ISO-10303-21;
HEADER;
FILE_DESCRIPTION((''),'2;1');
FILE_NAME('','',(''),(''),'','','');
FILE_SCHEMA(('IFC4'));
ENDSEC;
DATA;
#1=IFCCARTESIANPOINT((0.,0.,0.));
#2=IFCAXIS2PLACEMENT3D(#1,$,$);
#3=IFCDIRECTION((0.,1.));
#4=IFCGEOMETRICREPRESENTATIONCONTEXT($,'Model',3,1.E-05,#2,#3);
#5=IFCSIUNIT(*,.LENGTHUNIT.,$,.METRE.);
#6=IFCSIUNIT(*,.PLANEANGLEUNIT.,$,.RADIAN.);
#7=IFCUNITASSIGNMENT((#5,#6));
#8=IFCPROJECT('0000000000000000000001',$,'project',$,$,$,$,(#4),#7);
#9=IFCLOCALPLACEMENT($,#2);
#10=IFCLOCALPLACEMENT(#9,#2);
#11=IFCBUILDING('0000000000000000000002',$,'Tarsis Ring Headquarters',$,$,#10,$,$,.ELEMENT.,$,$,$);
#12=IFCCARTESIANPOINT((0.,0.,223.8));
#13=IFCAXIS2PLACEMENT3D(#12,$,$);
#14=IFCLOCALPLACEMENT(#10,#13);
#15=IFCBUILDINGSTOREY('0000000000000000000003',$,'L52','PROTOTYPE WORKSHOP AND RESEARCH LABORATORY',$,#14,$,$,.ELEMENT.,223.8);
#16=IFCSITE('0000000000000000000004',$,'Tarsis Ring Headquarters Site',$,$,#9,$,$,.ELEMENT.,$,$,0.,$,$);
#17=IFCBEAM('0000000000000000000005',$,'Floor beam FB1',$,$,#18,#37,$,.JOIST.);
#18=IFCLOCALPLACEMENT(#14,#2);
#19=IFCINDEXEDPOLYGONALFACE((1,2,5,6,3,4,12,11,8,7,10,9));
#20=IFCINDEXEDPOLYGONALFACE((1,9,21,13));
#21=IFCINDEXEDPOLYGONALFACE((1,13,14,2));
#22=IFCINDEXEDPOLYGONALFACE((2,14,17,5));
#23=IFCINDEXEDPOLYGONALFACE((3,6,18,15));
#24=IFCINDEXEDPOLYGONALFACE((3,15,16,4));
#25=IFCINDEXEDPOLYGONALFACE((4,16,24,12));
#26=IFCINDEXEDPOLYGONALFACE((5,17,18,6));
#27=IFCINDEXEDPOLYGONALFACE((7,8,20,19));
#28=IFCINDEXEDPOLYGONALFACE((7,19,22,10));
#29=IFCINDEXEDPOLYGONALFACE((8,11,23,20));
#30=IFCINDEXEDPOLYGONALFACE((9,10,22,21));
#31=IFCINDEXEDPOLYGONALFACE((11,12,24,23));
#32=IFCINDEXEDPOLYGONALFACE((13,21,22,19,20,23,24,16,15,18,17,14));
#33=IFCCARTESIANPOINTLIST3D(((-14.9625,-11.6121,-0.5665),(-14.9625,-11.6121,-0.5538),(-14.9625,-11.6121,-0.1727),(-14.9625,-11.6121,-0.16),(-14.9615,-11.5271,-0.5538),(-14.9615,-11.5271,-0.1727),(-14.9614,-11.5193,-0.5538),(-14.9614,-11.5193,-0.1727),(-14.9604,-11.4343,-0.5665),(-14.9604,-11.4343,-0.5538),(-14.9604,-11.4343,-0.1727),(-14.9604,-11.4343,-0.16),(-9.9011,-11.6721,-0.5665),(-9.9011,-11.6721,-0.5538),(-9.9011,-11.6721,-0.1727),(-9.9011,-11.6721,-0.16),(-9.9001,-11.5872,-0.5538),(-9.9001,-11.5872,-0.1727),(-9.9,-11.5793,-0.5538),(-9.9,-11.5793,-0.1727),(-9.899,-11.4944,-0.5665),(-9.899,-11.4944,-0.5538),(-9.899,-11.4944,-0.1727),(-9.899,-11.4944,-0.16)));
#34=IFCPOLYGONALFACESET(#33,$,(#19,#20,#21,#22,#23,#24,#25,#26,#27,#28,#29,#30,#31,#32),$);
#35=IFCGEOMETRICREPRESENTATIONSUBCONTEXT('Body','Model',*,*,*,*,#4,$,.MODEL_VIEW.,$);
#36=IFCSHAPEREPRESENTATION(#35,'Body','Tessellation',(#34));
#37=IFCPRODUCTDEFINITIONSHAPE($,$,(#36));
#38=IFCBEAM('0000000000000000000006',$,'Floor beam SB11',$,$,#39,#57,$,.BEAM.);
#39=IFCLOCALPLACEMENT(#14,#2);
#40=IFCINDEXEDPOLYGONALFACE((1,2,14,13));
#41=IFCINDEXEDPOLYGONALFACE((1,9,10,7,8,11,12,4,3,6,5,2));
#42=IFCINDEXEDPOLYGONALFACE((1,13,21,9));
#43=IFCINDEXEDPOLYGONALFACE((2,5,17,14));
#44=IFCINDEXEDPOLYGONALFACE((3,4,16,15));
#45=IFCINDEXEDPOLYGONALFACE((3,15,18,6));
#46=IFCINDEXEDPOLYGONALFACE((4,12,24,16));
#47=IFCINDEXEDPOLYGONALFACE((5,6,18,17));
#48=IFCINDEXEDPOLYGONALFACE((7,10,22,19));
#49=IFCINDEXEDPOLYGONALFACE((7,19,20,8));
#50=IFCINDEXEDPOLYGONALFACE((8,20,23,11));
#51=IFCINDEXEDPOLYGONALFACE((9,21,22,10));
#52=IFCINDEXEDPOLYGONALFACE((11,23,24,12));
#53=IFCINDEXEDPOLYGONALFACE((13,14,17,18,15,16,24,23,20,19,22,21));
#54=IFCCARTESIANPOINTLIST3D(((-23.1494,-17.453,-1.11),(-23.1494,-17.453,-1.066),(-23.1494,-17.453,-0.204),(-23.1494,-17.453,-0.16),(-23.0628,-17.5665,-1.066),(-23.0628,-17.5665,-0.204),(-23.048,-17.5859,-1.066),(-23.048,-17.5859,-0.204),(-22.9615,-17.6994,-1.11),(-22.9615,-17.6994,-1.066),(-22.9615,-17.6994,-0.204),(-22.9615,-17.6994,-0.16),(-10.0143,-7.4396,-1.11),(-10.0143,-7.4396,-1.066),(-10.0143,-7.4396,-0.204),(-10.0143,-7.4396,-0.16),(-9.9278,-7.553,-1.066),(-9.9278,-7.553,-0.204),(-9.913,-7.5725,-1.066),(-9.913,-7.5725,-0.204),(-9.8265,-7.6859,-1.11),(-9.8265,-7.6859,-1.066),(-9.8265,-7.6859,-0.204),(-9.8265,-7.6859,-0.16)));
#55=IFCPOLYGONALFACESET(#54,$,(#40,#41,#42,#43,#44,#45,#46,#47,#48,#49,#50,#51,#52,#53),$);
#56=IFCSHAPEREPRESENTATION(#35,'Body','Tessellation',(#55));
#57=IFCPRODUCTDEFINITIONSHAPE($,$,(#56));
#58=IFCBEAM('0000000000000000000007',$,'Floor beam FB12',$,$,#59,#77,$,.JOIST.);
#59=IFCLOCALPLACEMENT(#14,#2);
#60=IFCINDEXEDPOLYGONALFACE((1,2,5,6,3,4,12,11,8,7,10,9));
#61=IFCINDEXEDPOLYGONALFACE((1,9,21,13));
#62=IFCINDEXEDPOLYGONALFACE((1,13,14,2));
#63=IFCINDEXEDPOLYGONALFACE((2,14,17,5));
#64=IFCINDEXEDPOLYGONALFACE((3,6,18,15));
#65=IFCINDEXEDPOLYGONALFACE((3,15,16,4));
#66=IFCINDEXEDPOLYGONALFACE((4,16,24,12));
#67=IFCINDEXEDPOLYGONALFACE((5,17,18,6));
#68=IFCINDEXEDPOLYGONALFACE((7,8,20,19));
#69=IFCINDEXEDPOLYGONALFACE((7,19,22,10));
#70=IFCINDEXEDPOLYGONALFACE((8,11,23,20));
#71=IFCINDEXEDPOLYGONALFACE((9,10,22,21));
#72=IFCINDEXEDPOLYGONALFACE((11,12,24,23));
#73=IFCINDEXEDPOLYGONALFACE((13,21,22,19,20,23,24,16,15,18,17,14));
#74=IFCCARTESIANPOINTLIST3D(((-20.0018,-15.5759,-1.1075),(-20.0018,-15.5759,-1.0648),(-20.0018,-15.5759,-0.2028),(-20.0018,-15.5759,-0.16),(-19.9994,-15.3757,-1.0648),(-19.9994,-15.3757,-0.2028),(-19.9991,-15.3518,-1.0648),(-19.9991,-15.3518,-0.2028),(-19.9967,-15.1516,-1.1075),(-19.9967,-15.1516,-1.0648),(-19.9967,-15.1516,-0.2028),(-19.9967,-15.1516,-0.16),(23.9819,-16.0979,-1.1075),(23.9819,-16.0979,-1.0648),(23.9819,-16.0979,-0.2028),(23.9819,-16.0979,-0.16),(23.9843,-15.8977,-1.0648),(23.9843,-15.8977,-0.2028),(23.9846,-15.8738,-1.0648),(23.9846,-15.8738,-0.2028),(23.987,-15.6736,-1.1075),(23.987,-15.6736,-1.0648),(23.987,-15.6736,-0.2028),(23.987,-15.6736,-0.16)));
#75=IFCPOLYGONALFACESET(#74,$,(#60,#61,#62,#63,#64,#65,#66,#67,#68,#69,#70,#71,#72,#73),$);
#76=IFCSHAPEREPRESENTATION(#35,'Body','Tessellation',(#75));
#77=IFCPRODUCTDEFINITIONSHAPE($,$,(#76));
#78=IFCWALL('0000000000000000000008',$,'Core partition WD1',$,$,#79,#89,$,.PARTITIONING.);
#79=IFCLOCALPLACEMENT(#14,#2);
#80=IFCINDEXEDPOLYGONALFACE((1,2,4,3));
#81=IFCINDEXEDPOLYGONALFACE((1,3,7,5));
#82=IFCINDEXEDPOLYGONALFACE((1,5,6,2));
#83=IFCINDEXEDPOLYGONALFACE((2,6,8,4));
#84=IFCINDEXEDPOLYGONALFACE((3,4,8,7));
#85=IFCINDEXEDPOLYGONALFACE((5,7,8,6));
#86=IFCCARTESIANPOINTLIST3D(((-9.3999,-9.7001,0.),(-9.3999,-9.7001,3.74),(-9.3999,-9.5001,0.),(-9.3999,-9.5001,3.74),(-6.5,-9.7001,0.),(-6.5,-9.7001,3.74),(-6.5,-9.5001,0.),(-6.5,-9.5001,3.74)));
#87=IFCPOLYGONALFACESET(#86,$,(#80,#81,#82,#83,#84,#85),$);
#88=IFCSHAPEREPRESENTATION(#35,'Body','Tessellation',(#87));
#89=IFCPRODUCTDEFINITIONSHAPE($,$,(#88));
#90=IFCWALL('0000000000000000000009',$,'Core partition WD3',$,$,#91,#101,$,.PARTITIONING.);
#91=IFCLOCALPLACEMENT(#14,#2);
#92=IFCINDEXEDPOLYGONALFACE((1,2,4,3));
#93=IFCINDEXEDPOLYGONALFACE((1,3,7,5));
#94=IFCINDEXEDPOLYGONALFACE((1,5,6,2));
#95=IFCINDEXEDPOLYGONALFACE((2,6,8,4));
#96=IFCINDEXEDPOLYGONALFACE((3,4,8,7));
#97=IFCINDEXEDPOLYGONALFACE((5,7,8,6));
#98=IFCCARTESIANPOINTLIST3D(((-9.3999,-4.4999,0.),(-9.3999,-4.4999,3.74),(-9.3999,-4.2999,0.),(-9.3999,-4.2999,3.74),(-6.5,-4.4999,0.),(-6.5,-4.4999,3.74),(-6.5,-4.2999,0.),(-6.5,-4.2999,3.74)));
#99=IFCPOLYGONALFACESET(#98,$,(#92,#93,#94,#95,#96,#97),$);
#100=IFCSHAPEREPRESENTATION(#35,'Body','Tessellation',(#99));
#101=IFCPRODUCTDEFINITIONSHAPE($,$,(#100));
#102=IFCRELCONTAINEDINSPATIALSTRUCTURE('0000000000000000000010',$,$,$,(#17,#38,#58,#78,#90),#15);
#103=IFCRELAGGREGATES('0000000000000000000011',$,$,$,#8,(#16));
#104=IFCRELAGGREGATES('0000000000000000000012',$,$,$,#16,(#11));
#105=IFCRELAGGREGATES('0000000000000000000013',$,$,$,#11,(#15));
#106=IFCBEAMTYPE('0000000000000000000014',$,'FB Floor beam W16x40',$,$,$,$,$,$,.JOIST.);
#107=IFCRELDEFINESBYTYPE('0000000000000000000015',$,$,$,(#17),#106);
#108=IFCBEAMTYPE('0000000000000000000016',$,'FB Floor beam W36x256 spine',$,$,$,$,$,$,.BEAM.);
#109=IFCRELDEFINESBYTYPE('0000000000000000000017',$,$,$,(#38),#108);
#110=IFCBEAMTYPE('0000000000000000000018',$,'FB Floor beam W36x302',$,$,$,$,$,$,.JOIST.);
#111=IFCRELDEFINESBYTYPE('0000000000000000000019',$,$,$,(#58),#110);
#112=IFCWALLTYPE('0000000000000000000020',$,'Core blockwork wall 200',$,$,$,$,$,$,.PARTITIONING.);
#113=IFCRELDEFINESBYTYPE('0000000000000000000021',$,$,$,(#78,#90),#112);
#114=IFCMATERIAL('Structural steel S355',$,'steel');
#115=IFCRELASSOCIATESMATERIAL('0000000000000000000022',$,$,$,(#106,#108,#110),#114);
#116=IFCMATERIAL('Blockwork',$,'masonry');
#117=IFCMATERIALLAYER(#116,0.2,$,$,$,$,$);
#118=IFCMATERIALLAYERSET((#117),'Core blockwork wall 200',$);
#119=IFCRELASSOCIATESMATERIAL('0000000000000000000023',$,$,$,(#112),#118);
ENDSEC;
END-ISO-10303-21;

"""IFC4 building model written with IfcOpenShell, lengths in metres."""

from ifc_helpers import new_model, si_unit, direction, frame, frame_2d, origin, origin_2d, place, context, subcontext, project, spatial, rectangle, i_section, extrude, material, layer, layer_set, material_profile, profile_set, type_object, element, save


model = new_model("IFC4")

# Units and contexts
model_context = context("Model", 3, precision=1e-05, world=origin(), true_north=direction((0.0, 1.0)))
body_context = subcontext(model_context, "Body", "Model", "MODEL_VIEW")
ifc_project = project(units=[si_unit("LENGTHUNIT", "METRE"), si_unit("PLANEANGLEUNIT", "RADIAN")], contexts=[model_context])

# Site, building, storey
site_placement = place(None, origin())
site = spatial("IfcSite", under=ifc_project, at=site_placement, Name="Tarsis Ring Headquarters Site", CompositionType="ELEMENT", RefElevation=0.0)
building_placement = place(site_placement, origin())
building = spatial("IfcBuilding", under=site, at=building_placement, Name="Tarsis Ring Headquarters", CompositionType="ELEMENT")
storey_placement = place(building_placement, frame((0.0, 0.0, 223.8)))
storey = spatial("IfcBuildingStorey", under=building, at=storey_placement, Name="L52", Description="PROTOTYPE WORKSHOP AND RESEARCH LABORATORY", CompositionType="ELEMENT", Elevation=223.8)

# Beams
ifc_material_1 = material(Name="Structural steel S355", Category="steel")
ifc_material_profile_1 = material_profile(ifc_material_1, i_section(OverallWidth=0.1777, OverallDepth=0.4065, WebThickness=0.0078, FlangeThickness=0.0127, at=origin_2d()), Name="W16x40")
ifc_profile_set_1 = profile_set([ifc_material_profile_1], Name="Structural steel S355")
beam_type_1 = type_object("IfcBeamType", Name="FB Floor beam W16x40", PredefinedType="JOIST", material=ifc_profile_set_1)
beam_1_placement = place(storey_placement, frame((-14.9614, -11.5232, -0.3633), z_axis=(0.99993, -0.011865, 0.0), x_axis=(0.011865, 0.99993, 0.0)))
element("IfcBeam", 1, at=beam_1_placement, inside=storey, type_object=beam_type_1, Name="Floor beam FB1", PredefinedType="JOIST", context=body_context, shape_type="SweptSolid", body=[
    extrude(i_section(OverallWidth=0.1777, OverallDepth=0.4065, WebThickness=0.0078, FlangeThickness=0.0127, at=origin_2d()), origin(), (0.0, 0.0, 1.0), 5.0618),
])
ifc_material_profile_2 = material_profile(ifc_material_1, i_section(OverallWidth=0.3098, OverallDepth=0.95, WebThickness=0.0244, FlangeThickness=0.0439, at=origin_2d()), Name="W36x256")
ifc_profile_set_2 = profile_set([ifc_material_profile_2], Name="Structural steel S355")
beam_type_2 = type_object("IfcBeamType", Name="FB Floor beam W36x256 spine", PredefinedType="BEAM", material=ifc_profile_set_2)
beam_2_placement = place(storey_placement, frame((-9.9204, -7.5627, -0.635), z_axis=(-0.795262, -0.606265, 0.0), x_axis=(0.606265, -0.795262, 0.0)))
element("IfcBeam", 2, at=beam_2_placement, inside=storey, type_object=beam_type_2, Name="Floor beam SB11", PredefinedType="BEAM", context=body_context, shape_type="SweptSolid", body=[
    extrude(i_section(OverallWidth=0.3098, OverallDepth=0.95, WebThickness=0.0244, FlangeThickness=0.0439, at=origin_2d()), origin(), (0.0, 0.0, 1.0), 16.5166),
])
ifc_material_profile_3 = material_profile(ifc_material_1, i_section(OverallWidth=0.4243, OverallDepth=0.9475, WebThickness=0.0239, FlangeThickness=0.0427, at=origin_2d()), Name="W36x302")
ifc_profile_set_3 = profile_set([ifc_material_profile_3], Name="Structural steel S355")
beam_type_3 = type_object("IfcBeamType", Name="FB Floor beam W36x302", PredefinedType="JOIST", material=ifc_profile_set_3)
beam_3_placement = place(storey_placement, frame((-19.9993, -15.3638, -0.6338), z_axis=(0.99993, -0.011867, 0.0), x_axis=(0.011867, 0.99993, 0.0)))
element("IfcBeam", 3, at=beam_3_placement, inside=storey, type_object=beam_type_3, Name="Floor beam FB12", PredefinedType="JOIST", context=body_context, shape_type="SweptSolid", body=[
    extrude(i_section(OverallWidth=0.4243, OverallDepth=0.9475, WebThickness=0.0239, FlangeThickness=0.0427, at=origin_2d()), origin(), (0.0, 0.0, 1.0), 43.9868),
])

# Walls
ifc_material_2 = material(Name="Blockwork", Category="masonry")
ifc_layer_1 = layer(ifc_material_2, 0.2)
ifc_layer_set_1 = layer_set([ifc_layer_1], Name="Core blockwork wall 200")
wall_type_1 = type_object("IfcWallType", Name="Core blockwork wall 200", PredefinedType="PARTITIONING", material=ifc_layer_set_1)
for number, where, z_axis, x_axis, name in (
    (4, (-9.3999, -9.6001, 0.0), (0.0, 0.0, 1.0), (1.0, 0.0, 0.0), "Core partition WD1"),
    (5, (-9.3999, -4.3999, 0.0), (0.0, 0.0, 1.0), (1.0, 0.0, 0.0), "Core partition WD3"),
):
    element("IfcWall", number, at=place(storey_placement, frame(where, z_axis=z_axis, x_axis=x_axis)), inside=storey, type_object=wall_type_1, Name=name, PredefinedType="PARTITIONING", context=body_context, shape_type="SweptSolid", body=[
        extrude(rectangle(XDim=2.8999, YDim=0.2, at=frame_2d((1.45, 0.0))), origin(), (0.0, 0.0, 1.0), 3.74),
    ])

save(model, "model.ifc")
